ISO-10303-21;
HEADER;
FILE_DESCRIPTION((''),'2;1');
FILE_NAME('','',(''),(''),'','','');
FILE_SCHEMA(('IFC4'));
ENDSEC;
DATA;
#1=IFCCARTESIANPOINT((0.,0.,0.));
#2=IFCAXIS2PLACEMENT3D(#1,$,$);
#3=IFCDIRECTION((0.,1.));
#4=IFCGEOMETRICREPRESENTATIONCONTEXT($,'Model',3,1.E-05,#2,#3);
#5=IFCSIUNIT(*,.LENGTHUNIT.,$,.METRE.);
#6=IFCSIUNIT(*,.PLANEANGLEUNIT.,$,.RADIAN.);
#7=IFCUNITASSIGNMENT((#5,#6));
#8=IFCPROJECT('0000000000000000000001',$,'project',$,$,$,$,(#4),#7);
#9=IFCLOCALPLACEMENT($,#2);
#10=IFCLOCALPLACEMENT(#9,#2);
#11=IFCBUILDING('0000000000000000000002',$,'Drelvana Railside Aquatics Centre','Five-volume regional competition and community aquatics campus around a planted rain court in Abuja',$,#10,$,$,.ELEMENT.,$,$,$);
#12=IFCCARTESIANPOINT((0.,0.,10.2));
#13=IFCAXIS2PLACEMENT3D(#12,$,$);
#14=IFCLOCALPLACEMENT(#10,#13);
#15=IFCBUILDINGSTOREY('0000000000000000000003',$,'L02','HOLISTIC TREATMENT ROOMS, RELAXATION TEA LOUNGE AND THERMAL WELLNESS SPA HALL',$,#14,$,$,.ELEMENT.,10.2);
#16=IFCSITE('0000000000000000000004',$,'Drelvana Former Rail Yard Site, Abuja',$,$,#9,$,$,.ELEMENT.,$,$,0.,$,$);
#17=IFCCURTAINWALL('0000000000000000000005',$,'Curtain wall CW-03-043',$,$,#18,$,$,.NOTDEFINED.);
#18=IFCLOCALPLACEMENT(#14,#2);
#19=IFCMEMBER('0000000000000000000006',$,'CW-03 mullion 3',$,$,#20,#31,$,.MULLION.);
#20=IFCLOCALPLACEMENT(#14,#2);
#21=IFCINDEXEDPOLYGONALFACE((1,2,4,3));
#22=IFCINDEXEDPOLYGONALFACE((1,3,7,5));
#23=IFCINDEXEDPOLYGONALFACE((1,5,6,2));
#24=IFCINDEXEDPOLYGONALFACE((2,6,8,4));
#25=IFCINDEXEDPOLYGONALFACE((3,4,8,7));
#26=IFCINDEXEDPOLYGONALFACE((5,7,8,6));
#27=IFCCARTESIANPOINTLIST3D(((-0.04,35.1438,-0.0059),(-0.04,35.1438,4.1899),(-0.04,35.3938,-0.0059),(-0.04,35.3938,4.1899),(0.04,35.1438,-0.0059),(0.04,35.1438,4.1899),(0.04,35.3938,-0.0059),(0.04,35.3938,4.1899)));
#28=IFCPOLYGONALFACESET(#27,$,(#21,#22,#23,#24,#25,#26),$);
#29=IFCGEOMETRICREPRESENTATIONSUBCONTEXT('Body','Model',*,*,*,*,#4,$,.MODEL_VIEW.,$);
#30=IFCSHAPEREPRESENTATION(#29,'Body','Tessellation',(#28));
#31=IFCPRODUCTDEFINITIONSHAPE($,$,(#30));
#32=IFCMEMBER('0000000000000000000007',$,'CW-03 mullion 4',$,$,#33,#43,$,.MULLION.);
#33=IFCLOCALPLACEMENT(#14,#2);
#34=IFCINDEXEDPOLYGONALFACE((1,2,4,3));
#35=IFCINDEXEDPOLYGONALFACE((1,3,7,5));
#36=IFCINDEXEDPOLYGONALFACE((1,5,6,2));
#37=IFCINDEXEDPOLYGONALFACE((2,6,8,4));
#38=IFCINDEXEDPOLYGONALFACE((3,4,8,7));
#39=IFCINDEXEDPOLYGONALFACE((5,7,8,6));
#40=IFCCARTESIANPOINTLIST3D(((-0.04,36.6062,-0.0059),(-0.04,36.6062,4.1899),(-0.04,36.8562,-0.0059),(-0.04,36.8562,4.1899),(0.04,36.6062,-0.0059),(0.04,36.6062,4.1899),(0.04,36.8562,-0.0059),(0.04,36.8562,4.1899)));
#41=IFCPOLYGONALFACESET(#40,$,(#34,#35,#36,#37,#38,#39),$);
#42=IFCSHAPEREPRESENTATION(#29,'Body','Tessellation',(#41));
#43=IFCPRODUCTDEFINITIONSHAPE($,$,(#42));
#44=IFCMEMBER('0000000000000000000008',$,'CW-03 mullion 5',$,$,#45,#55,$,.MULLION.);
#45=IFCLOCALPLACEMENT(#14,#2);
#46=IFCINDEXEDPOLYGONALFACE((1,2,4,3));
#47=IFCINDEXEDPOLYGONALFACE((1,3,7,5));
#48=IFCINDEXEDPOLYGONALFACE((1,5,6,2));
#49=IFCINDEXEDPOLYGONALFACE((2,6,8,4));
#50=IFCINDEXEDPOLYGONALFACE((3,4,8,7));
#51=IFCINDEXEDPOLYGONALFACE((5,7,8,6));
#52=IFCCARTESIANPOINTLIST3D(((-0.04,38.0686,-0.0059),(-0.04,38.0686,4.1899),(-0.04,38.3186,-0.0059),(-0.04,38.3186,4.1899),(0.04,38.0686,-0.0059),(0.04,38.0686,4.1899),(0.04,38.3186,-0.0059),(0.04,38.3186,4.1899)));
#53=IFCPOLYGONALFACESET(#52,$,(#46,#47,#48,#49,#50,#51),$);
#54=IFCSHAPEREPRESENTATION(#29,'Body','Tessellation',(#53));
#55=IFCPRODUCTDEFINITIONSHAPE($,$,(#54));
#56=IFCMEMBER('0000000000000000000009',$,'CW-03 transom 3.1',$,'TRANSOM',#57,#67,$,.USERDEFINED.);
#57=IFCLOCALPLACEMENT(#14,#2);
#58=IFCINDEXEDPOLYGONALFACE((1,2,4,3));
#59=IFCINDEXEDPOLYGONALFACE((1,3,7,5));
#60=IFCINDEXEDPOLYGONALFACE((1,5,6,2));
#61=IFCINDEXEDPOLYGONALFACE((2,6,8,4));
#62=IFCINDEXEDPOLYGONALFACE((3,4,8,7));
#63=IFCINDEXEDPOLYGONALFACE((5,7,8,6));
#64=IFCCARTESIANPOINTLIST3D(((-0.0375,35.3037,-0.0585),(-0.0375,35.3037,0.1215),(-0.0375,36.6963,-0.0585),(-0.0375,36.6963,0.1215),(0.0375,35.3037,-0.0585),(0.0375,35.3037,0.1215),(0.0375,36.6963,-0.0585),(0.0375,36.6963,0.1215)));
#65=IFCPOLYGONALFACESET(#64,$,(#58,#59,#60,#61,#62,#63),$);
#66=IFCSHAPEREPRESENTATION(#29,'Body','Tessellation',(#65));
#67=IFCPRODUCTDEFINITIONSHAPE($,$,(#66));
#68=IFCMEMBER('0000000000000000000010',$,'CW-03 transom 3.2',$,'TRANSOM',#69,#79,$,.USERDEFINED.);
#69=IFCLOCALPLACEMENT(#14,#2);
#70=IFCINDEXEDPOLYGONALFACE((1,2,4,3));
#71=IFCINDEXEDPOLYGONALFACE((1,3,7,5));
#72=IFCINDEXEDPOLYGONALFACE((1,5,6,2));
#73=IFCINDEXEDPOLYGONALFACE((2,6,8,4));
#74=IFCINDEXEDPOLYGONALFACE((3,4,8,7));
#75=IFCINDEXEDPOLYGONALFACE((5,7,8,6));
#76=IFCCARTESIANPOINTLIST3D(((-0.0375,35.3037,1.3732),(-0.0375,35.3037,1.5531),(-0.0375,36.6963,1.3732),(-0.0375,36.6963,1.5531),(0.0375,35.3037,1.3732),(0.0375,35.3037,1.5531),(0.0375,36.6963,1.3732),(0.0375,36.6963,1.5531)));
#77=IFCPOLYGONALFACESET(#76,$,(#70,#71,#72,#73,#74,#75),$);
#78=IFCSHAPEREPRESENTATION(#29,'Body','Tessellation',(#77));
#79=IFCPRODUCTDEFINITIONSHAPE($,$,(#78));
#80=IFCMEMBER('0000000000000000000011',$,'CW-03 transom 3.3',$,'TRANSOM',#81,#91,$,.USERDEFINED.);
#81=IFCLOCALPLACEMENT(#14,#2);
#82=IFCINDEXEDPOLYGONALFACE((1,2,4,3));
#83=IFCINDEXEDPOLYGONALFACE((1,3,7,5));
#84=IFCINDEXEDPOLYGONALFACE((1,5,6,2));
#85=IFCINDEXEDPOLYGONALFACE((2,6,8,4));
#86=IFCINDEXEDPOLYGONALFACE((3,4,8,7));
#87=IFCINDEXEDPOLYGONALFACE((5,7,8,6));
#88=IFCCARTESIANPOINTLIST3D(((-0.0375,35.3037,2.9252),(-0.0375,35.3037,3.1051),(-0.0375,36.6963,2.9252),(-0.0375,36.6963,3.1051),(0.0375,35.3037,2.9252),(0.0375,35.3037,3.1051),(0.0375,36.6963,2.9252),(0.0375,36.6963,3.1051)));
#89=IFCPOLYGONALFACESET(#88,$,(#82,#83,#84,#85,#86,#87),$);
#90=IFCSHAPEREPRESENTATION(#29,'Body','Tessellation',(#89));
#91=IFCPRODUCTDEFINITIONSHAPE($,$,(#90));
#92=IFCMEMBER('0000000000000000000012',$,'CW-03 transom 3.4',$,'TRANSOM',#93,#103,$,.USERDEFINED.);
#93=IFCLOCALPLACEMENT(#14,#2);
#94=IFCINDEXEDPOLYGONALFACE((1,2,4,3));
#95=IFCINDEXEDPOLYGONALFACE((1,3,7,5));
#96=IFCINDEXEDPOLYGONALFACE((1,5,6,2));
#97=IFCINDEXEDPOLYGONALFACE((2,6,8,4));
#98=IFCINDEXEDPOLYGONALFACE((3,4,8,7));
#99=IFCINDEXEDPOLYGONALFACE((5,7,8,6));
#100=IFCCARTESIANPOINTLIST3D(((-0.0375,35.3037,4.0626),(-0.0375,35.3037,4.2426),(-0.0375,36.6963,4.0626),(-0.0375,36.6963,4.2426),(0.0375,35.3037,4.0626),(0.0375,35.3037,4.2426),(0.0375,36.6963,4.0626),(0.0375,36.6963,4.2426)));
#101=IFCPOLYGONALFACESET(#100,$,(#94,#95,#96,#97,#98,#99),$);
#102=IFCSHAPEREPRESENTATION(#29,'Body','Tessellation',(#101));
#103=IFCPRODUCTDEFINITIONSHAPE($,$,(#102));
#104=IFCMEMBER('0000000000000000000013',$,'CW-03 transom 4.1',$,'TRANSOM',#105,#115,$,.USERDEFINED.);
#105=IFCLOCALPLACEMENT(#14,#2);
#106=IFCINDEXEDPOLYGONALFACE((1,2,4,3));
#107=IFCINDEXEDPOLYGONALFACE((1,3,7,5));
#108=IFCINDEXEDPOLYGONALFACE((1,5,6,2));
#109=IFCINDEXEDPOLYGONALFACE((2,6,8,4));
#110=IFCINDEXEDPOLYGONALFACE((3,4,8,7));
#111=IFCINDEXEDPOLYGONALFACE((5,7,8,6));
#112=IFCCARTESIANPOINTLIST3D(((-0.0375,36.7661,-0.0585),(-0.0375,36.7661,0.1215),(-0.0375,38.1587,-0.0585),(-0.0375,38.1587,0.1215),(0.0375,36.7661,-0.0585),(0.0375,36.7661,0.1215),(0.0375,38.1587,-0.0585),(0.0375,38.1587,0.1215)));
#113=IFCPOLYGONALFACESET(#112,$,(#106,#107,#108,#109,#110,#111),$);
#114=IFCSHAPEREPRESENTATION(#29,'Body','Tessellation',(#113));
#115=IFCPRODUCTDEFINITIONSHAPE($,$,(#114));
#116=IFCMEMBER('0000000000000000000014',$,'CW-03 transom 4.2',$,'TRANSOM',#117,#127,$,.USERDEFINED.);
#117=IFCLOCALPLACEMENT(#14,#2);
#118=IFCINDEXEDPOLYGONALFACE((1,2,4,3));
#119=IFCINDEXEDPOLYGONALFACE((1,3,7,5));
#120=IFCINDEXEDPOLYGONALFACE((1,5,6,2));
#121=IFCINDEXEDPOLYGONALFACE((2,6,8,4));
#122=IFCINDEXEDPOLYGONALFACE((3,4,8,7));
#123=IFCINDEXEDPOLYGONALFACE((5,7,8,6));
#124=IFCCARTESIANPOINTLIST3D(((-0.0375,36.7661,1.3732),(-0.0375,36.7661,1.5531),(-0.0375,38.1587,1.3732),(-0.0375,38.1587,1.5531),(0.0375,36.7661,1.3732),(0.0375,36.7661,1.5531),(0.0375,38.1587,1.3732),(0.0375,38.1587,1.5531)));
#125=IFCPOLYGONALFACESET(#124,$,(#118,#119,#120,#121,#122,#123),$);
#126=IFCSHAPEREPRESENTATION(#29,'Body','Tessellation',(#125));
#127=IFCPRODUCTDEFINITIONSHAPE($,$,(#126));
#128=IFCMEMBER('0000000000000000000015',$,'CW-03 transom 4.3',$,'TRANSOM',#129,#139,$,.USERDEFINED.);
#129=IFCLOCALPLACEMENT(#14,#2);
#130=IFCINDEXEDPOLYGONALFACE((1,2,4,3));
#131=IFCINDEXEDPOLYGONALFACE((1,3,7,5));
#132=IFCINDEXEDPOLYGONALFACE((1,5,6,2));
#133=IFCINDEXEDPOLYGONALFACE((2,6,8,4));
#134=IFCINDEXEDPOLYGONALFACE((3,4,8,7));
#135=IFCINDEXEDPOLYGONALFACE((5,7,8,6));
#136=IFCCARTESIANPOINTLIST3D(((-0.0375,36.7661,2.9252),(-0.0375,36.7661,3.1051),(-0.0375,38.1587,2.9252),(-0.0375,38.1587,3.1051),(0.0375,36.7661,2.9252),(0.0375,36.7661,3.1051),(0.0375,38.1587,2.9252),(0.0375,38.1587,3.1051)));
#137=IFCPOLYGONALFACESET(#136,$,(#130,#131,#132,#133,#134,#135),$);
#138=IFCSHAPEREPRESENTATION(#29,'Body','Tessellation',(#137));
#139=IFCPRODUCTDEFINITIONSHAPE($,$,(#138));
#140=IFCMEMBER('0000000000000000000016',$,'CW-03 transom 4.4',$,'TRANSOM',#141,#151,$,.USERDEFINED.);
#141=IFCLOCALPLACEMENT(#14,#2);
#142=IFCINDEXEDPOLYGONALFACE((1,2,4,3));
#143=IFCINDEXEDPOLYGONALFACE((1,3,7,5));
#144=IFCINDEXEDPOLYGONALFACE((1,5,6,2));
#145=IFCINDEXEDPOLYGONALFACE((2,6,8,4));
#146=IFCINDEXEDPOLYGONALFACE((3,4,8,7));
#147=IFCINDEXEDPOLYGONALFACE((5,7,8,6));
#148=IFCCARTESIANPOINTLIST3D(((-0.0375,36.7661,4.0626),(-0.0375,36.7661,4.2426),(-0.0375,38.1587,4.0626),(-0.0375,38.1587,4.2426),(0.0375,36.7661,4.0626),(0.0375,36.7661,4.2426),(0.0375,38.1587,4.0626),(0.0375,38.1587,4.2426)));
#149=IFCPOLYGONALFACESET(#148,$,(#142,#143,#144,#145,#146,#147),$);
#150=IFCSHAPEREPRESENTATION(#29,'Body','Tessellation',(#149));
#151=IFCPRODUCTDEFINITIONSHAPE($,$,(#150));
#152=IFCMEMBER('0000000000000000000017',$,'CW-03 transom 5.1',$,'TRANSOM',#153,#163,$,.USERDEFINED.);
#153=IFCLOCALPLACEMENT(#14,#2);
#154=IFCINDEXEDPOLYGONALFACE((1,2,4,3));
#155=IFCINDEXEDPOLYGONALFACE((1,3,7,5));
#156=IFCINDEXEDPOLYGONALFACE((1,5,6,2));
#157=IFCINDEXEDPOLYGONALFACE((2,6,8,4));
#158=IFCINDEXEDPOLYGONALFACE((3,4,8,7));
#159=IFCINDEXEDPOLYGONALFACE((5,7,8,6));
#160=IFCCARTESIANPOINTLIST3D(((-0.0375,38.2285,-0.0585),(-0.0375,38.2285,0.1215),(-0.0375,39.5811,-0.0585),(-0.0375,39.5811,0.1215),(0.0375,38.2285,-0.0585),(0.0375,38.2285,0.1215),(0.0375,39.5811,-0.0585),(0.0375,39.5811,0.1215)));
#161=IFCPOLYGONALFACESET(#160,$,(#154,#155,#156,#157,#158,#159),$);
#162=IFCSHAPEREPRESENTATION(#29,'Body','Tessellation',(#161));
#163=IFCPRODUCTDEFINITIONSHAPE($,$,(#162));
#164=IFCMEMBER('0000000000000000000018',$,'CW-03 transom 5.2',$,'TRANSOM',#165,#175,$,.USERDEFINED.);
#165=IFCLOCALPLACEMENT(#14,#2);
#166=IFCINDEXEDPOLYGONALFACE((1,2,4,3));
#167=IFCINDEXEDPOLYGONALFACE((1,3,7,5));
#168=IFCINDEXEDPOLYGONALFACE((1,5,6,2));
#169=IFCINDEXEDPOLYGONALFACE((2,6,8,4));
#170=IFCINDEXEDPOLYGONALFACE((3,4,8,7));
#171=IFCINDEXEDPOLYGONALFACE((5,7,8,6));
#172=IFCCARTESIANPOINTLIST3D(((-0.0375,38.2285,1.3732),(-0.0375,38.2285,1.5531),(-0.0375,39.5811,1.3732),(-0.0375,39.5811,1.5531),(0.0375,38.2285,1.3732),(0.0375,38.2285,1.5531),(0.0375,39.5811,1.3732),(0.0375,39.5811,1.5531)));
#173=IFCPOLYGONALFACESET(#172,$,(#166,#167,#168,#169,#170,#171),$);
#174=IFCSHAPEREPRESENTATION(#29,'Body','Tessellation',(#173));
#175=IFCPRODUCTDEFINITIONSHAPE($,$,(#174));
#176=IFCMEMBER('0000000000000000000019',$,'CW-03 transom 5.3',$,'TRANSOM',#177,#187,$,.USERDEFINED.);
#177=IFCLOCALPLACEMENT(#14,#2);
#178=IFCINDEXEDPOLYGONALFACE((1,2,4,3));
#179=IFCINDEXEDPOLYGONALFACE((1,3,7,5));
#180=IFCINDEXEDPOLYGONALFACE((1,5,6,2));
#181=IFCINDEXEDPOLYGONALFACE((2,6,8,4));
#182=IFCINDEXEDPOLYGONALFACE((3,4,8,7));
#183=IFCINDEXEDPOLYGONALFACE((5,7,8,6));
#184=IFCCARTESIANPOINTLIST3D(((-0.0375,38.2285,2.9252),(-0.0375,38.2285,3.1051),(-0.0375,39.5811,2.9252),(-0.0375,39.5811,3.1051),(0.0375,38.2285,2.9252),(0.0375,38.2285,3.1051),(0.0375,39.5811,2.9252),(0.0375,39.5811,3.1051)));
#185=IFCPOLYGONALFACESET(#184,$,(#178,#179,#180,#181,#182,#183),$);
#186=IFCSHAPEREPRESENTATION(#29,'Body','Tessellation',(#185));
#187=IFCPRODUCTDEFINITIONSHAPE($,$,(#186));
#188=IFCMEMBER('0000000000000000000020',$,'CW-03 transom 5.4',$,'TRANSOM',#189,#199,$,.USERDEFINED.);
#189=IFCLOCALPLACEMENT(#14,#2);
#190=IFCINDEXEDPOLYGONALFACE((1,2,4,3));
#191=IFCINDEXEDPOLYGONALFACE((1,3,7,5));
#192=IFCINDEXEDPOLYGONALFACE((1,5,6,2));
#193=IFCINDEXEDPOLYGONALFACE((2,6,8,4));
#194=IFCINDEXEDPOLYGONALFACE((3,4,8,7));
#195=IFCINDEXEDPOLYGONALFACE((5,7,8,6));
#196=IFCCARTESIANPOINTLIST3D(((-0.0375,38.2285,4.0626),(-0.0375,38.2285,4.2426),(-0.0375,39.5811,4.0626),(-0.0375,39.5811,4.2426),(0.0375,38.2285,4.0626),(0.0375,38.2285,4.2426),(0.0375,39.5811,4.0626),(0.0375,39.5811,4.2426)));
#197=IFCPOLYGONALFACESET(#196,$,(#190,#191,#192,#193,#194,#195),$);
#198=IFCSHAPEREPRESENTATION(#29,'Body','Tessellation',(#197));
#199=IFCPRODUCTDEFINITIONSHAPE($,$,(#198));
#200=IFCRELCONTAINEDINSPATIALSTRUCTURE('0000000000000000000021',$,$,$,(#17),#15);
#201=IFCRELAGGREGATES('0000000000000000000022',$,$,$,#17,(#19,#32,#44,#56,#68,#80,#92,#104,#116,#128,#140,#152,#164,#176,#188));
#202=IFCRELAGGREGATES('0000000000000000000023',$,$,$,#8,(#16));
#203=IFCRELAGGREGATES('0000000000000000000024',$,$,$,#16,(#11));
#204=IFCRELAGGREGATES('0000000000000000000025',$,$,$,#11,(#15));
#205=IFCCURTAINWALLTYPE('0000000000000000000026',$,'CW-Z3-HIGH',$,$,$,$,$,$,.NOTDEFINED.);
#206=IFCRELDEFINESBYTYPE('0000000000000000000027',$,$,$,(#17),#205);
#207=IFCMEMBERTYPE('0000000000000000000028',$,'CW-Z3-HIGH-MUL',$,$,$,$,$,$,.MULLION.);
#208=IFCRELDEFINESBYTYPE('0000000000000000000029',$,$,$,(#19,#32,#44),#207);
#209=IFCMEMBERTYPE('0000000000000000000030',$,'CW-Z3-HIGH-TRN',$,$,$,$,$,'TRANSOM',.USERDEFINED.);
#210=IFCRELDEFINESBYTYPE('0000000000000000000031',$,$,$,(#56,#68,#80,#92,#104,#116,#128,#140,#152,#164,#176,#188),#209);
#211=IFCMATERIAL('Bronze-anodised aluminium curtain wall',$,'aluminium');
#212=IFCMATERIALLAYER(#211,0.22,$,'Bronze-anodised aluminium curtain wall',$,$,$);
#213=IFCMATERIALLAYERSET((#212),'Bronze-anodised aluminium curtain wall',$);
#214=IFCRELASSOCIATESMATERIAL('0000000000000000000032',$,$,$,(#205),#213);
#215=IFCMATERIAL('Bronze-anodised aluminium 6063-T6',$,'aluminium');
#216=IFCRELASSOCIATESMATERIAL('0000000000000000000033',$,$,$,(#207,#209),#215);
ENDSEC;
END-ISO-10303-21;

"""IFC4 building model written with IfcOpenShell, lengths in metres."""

from ifc_helpers import new_model, si_unit, direction, frame, origin, origin_2d, place, context, subcontext, project, spatial, rectangle, extrude, material, layer, layer_set, material_profile, profile_set, type_object, element, aggregate, save


model = new_model("IFC4")

# Units and contexts
model_context = context("Model", 3, precision=1e-05, world=origin(), true_north=direction((0.0, 1.0)))
body_context = subcontext(model_context, "Body", "Model", "MODEL_VIEW")
ifc_project = project(units=[si_unit("LENGTHUNIT", "METRE"), si_unit("PLANEANGLEUNIT", "RADIAN")], contexts=[model_context])

# Site, building, storey
site_placement = place(None, origin())
site = spatial("IfcSite", under=ifc_project, at=site_placement, Name="Drelvana Former Rail Yard Site, Abuja", CompositionType="ELEMENT", RefElevation=0.0)
building_placement = place(site_placement, origin())
building = spatial("IfcBuilding", under=site, at=building_placement, Name="Drelvana Railside Aquatics Centre", Description="Five-volume regional competition and community aquatics campus around a planted rain court in Abuja", CompositionType="ELEMENT")
storey_placement = place(building_placement, frame((0.0, 0.0, 10.2)))
storey = spatial("IfcBuildingStorey", under=building, at=storey_placement, Name="L02", Description="HOLISTIC TREATMENT ROOMS, RELAXATION TEA LOUNGE AND THERMAL WELLNESS SPA HALL", CompositionType="ELEMENT", Elevation=10.2)

# Curtain wall, members
ifc_material_1 = material(Name="Bronze-anodised aluminium curtain wall", Category="aluminium")
ifc_layer_1 = layer(ifc_material_1, 0.22, Name="Bronze-anodised aluminium curtain wall")
ifc_layer_set_1 = layer_set([ifc_layer_1], Name="Bronze-anodised aluminium curtain wall")
curtain_wall_type = type_object("IfcCurtainWallType", Name="CW-Z3-HIGH", PredefinedType="NOTDEFINED", material=ifc_layer_set_1)
curtain_wall_placement = place(storey_placement, origin())
curtain_wall = element("IfcCurtainWall", 1, at=curtain_wall_placement, inside=storey, type_object=curtain_wall_type, Name="Curtain wall CW-03-043", PredefinedType="NOTDEFINED")
ifc_material_2 = material(Name="Bronze-anodised aluminium 6063-T6", Category="aluminium")
ifc_material_profile_1 = material_profile(ifc_material_2, rectangle(XDim=0.0801, YDim=0.25, at=origin_2d()), Name="ALU-M 80x250")
ifc_profile_set_1 = profile_set([ifc_material_profile_1], Name="Bronze-anodised aluminium 6063-T6")
member_type_1 = type_object("IfcMemberType", Name="CW-Z3-HIGH-MUL", PredefinedType="MULLION", material=ifc_profile_set_1)
member_1_placement = place(storey_placement, frame((0.0, 35.2688, -0.0059), z_axis=(0.0, 0.0, 1.0), x_axis=(-1.0, 0.0, 0.0)))
member_1 = element("IfcMember", 2, at=member_1_placement, type_object=member_type_1, Name="CW-03 mullion 3", PredefinedType="MULLION", context=body_context, shape_type="SweptSolid", body=[
    extrude(rectangle(XDim=0.0801, YDim=0.25, at=origin_2d()), origin(), (0.0, 0.0, 1.0), 4.1958),
])
member_2_placement = place(storey_placement, frame((0.0, 36.7312, -0.0059), z_axis=(0.0, 0.0, 1.0), x_axis=(-1.0, 0.0, 0.0)))
member_2 = element("IfcMember", 3, at=member_2_placement, type_object=member_type_1, Name="CW-03 mullion 4", PredefinedType="MULLION", context=body_context, shape_type="SweptSolid", body=[
    extrude(rectangle(XDim=0.0801, YDim=0.25, at=origin_2d()), origin(), (0.0, 0.0, 1.0), 4.1958),
])
member_3_placement = place(storey_placement, frame((0.0, 38.1936, -0.0059), z_axis=(0.0, 0.0, 1.0), x_axis=(-1.0, 0.0, 0.0)))
member_3 = element("IfcMember", 4, at=member_3_placement, type_object=member_type_1, Name="CW-03 mullion 5", PredefinedType="MULLION", context=body_context, shape_type="SweptSolid", body=[
    extrude(rectangle(XDim=0.0801, YDim=0.25, at=origin_2d()), origin(), (0.0, 0.0, 1.0), 4.1958),
])
ifc_material_profile_2 = material_profile(ifc_material_2, rectangle(XDim=0.1799, YDim=0.075, at=origin_2d()), Name="ALU-T 75x180")
ifc_profile_set_2 = profile_set([ifc_material_profile_2], Name="Bronze-anodised aluminium 6063-T6")
member_type_2 = type_object("IfcMemberType", Name="CW-Z3-HIGH-TRN", ElementType="TRANSOM", PredefinedType="USERDEFINED", material=ifc_profile_set_2)
member_4_placement = place(storey_placement, frame((0.0, 35.3037, 0.0315), z_axis=(0.0, 1.0, 0.0), x_axis=(0.0, 0.0, 1.0)))
member_4 = element("IfcMember", 5, at=member_4_placement, type_object=member_type_2, Name="CW-03 transom 3.1", ObjectType="TRANSOM", PredefinedType="USERDEFINED", context=body_context, shape_type="SweptSolid", body=[
    extrude(rectangle(XDim=0.1799, YDim=0.075, at=origin_2d()), origin(), (0.0, 0.0, 1.0), 1.3926),
])
member_5_placement = place(storey_placement, frame((0.0, 35.3037, 1.4631), z_axis=(0.0, 1.0, 0.0), x_axis=(0.0, 0.0, 1.0)))
member_5 = element("IfcMember", 6, at=member_5_placement, type_object=member_type_2, Name="CW-03 transom 3.2", ObjectType="TRANSOM", PredefinedType="USERDEFINED", context=body_context, shape_type="SweptSolid", body=[
    extrude(rectangle(XDim=0.1799, YDim=0.075, at=origin_2d()), origin(), (0.0, 0.0, 1.0), 1.3926),
])
member_6_placement = place(storey_placement, frame((0.0, 35.3037, 3.0151), z_axis=(0.0, 1.0, 0.0), x_axis=(0.0, 0.0, 1.0)))
member_6 = element("IfcMember", 7, at=member_6_placement, type_object=member_type_2, Name="CW-03 transom 3.3", ObjectType="TRANSOM", PredefinedType="USERDEFINED", context=body_context, shape_type="SweptSolid", body=[
    extrude(rectangle(XDim=0.1799, YDim=0.075, at=origin_2d()), origin(), (0.0, 0.0, 1.0), 1.3926),
])
member_7_placement = place(storey_placement, frame((0.0, 35.3037, 4.1526), z_axis=(0.0, 1.0, 0.0), x_axis=(0.0, 0.0, 1.0)))
member_7 = element("IfcMember", 8, at=member_7_placement, type_object=member_type_2, Name="CW-03 transom 3.4", ObjectType="TRANSOM", PredefinedType="USERDEFINED", context=body_context, shape_type="SweptSolid", body=[
    extrude(rectangle(XDim=0.1799, YDim=0.075, at=origin_2d()), origin(), (0.0, 0.0, 1.0), 1.3926),
])
member_8_placement = place(storey_placement, frame((0.0, 36.7661, 0.0315), z_axis=(0.0, 1.0, 0.0), x_axis=(0.0, 0.0, 1.0)))
member_8 = element("IfcMember", 9, at=member_8_placement, type_object=member_type_2, Name="CW-03 transom 4.1", ObjectType="TRANSOM", PredefinedType="USERDEFINED", context=body_context, shape_type="SweptSolid", body=[
    extrude(rectangle(XDim=0.1799, YDim=0.075, at=origin_2d()), origin(), (0.0, 0.0, 1.0), 1.3926),
])
member_9_placement = place(storey_placement, frame((0.0, 36.7661, 1.4631), z_axis=(0.0, 1.0, 0.0), x_axis=(0.0, 0.0, 1.0)))
member_9 = element("IfcMember", 10, at=member_9_placement, type_object=member_type_2, Name="CW-03 transom 4.2", ObjectType="TRANSOM", PredefinedType="USERDEFINED", context=body_context, shape_type="SweptSolid", body=[
    extrude(rectangle(XDim=0.1799, YDim=0.075, at=origin_2d()), origin(), (0.0, 0.0, 1.0), 1.3926),
])
member_10_placement = place(storey_placement, frame((0.0, 36.7661, 3.0151), z_axis=(0.0, 1.0, 0.0), x_axis=(0.0, 0.0, 1.0)))
member_10 = element("IfcMember", 11, at=member_10_placement, type_object=member_type_2, Name="CW-03 transom 4.3", ObjectType="TRANSOM", PredefinedType="USERDEFINED", context=body_context, shape_type="SweptSolid", body=[
    extrude(rectangle(XDim=0.1799, YDim=0.075, at=origin_2d()), origin(), (0.0, 0.0, 1.0), 1.3926),
])
member_11_placement = place(storey_placement, frame((0.0, 36.7661, 4.1526), z_axis=(0.0, 1.0, 0.0), x_axis=(0.0, 0.0, 1.0)))
member_11 = element("IfcMember", 12, at=member_11_placement, type_object=member_type_2, Name="CW-03 transom 4.4", ObjectType="TRANSOM", PredefinedType="USERDEFINED", context=body_context, shape_type="SweptSolid", body=[
    extrude(rectangle(XDim=0.1799, YDim=0.075, at=origin_2d()), origin(), (0.0, 0.0, 1.0), 1.3926),
])
member_12_placement = place(storey_placement, frame((0.0, 38.2285, 0.0315), z_axis=(0.0, 1.0, 0.0), x_axis=(0.0, 0.0, 1.0)))
member_12 = element("IfcMember", 13, at=member_12_placement, type_object=member_type_2, Name="CW-03 transom 5.1", ObjectType="TRANSOM", PredefinedType="USERDEFINED", context=body_context, shape_type="SweptSolid", body=[
    extrude(rectangle(XDim=0.1799, YDim=0.075, at=origin_2d()), origin(), (0.0, 0.0, 1.0), 1.3525),
])
member_13_placement = place(storey_placement, frame((0.0, 38.2285, 1.4631), z_axis=(0.0, 1.0, 0.0), x_axis=(0.0, 0.0, 1.0)))
member_13 = element("IfcMember", 14, at=member_13_placement, type_object=member_type_2, Name="CW-03 transom 5.2", ObjectType="TRANSOM", PredefinedType="USERDEFINED", context=body_context, shape_type="SweptSolid", body=[
    extrude(rectangle(XDim=0.1799, YDim=0.075, at=origin_2d()), origin(), (0.0, 0.0, 1.0), 1.3525),
])
member_14_placement = place(storey_placement, frame((0.0, 38.2285, 3.0151), z_axis=(0.0, 1.0, 0.0), x_axis=(0.0, 0.0, 1.0)))
member_14 = element("IfcMember", 15, at=member_14_placement, type_object=member_type_2, Name="CW-03 transom 5.3", ObjectType="TRANSOM", PredefinedType="USERDEFINED", context=body_context, shape_type="SweptSolid", body=[
    extrude(rectangle(XDim=0.1799, YDim=0.075, at=origin_2d()), origin(), (0.0, 0.0, 1.0), 1.3525),
])
member_15_placement = place(storey_placement, frame((0.0, 38.2285, 4.1526), z_axis=(0.0, 1.0, 0.0), x_axis=(0.0, 0.0, 1.0)))
member_15 = element("IfcMember", 16, at=member_15_placement, type_object=member_type_2, Name="CW-03 transom 5.4", ObjectType="TRANSOM", PredefinedType="USERDEFINED", context=body_context, shape_type="SweptSolid", body=[
    extrude(rectangle(XDim=0.1799, YDim=0.075, at=origin_2d()), origin(), (0.0, 0.0, 1.0), 1.3525),
])
aggregate(curtain_wall, [member_1, member_2, member_3, member_4, member_5, member_6, member_7, member_8, member_9, member_10, member_11, member_12, member_13, member_14, member_15])

save(model, "model.ifc")
